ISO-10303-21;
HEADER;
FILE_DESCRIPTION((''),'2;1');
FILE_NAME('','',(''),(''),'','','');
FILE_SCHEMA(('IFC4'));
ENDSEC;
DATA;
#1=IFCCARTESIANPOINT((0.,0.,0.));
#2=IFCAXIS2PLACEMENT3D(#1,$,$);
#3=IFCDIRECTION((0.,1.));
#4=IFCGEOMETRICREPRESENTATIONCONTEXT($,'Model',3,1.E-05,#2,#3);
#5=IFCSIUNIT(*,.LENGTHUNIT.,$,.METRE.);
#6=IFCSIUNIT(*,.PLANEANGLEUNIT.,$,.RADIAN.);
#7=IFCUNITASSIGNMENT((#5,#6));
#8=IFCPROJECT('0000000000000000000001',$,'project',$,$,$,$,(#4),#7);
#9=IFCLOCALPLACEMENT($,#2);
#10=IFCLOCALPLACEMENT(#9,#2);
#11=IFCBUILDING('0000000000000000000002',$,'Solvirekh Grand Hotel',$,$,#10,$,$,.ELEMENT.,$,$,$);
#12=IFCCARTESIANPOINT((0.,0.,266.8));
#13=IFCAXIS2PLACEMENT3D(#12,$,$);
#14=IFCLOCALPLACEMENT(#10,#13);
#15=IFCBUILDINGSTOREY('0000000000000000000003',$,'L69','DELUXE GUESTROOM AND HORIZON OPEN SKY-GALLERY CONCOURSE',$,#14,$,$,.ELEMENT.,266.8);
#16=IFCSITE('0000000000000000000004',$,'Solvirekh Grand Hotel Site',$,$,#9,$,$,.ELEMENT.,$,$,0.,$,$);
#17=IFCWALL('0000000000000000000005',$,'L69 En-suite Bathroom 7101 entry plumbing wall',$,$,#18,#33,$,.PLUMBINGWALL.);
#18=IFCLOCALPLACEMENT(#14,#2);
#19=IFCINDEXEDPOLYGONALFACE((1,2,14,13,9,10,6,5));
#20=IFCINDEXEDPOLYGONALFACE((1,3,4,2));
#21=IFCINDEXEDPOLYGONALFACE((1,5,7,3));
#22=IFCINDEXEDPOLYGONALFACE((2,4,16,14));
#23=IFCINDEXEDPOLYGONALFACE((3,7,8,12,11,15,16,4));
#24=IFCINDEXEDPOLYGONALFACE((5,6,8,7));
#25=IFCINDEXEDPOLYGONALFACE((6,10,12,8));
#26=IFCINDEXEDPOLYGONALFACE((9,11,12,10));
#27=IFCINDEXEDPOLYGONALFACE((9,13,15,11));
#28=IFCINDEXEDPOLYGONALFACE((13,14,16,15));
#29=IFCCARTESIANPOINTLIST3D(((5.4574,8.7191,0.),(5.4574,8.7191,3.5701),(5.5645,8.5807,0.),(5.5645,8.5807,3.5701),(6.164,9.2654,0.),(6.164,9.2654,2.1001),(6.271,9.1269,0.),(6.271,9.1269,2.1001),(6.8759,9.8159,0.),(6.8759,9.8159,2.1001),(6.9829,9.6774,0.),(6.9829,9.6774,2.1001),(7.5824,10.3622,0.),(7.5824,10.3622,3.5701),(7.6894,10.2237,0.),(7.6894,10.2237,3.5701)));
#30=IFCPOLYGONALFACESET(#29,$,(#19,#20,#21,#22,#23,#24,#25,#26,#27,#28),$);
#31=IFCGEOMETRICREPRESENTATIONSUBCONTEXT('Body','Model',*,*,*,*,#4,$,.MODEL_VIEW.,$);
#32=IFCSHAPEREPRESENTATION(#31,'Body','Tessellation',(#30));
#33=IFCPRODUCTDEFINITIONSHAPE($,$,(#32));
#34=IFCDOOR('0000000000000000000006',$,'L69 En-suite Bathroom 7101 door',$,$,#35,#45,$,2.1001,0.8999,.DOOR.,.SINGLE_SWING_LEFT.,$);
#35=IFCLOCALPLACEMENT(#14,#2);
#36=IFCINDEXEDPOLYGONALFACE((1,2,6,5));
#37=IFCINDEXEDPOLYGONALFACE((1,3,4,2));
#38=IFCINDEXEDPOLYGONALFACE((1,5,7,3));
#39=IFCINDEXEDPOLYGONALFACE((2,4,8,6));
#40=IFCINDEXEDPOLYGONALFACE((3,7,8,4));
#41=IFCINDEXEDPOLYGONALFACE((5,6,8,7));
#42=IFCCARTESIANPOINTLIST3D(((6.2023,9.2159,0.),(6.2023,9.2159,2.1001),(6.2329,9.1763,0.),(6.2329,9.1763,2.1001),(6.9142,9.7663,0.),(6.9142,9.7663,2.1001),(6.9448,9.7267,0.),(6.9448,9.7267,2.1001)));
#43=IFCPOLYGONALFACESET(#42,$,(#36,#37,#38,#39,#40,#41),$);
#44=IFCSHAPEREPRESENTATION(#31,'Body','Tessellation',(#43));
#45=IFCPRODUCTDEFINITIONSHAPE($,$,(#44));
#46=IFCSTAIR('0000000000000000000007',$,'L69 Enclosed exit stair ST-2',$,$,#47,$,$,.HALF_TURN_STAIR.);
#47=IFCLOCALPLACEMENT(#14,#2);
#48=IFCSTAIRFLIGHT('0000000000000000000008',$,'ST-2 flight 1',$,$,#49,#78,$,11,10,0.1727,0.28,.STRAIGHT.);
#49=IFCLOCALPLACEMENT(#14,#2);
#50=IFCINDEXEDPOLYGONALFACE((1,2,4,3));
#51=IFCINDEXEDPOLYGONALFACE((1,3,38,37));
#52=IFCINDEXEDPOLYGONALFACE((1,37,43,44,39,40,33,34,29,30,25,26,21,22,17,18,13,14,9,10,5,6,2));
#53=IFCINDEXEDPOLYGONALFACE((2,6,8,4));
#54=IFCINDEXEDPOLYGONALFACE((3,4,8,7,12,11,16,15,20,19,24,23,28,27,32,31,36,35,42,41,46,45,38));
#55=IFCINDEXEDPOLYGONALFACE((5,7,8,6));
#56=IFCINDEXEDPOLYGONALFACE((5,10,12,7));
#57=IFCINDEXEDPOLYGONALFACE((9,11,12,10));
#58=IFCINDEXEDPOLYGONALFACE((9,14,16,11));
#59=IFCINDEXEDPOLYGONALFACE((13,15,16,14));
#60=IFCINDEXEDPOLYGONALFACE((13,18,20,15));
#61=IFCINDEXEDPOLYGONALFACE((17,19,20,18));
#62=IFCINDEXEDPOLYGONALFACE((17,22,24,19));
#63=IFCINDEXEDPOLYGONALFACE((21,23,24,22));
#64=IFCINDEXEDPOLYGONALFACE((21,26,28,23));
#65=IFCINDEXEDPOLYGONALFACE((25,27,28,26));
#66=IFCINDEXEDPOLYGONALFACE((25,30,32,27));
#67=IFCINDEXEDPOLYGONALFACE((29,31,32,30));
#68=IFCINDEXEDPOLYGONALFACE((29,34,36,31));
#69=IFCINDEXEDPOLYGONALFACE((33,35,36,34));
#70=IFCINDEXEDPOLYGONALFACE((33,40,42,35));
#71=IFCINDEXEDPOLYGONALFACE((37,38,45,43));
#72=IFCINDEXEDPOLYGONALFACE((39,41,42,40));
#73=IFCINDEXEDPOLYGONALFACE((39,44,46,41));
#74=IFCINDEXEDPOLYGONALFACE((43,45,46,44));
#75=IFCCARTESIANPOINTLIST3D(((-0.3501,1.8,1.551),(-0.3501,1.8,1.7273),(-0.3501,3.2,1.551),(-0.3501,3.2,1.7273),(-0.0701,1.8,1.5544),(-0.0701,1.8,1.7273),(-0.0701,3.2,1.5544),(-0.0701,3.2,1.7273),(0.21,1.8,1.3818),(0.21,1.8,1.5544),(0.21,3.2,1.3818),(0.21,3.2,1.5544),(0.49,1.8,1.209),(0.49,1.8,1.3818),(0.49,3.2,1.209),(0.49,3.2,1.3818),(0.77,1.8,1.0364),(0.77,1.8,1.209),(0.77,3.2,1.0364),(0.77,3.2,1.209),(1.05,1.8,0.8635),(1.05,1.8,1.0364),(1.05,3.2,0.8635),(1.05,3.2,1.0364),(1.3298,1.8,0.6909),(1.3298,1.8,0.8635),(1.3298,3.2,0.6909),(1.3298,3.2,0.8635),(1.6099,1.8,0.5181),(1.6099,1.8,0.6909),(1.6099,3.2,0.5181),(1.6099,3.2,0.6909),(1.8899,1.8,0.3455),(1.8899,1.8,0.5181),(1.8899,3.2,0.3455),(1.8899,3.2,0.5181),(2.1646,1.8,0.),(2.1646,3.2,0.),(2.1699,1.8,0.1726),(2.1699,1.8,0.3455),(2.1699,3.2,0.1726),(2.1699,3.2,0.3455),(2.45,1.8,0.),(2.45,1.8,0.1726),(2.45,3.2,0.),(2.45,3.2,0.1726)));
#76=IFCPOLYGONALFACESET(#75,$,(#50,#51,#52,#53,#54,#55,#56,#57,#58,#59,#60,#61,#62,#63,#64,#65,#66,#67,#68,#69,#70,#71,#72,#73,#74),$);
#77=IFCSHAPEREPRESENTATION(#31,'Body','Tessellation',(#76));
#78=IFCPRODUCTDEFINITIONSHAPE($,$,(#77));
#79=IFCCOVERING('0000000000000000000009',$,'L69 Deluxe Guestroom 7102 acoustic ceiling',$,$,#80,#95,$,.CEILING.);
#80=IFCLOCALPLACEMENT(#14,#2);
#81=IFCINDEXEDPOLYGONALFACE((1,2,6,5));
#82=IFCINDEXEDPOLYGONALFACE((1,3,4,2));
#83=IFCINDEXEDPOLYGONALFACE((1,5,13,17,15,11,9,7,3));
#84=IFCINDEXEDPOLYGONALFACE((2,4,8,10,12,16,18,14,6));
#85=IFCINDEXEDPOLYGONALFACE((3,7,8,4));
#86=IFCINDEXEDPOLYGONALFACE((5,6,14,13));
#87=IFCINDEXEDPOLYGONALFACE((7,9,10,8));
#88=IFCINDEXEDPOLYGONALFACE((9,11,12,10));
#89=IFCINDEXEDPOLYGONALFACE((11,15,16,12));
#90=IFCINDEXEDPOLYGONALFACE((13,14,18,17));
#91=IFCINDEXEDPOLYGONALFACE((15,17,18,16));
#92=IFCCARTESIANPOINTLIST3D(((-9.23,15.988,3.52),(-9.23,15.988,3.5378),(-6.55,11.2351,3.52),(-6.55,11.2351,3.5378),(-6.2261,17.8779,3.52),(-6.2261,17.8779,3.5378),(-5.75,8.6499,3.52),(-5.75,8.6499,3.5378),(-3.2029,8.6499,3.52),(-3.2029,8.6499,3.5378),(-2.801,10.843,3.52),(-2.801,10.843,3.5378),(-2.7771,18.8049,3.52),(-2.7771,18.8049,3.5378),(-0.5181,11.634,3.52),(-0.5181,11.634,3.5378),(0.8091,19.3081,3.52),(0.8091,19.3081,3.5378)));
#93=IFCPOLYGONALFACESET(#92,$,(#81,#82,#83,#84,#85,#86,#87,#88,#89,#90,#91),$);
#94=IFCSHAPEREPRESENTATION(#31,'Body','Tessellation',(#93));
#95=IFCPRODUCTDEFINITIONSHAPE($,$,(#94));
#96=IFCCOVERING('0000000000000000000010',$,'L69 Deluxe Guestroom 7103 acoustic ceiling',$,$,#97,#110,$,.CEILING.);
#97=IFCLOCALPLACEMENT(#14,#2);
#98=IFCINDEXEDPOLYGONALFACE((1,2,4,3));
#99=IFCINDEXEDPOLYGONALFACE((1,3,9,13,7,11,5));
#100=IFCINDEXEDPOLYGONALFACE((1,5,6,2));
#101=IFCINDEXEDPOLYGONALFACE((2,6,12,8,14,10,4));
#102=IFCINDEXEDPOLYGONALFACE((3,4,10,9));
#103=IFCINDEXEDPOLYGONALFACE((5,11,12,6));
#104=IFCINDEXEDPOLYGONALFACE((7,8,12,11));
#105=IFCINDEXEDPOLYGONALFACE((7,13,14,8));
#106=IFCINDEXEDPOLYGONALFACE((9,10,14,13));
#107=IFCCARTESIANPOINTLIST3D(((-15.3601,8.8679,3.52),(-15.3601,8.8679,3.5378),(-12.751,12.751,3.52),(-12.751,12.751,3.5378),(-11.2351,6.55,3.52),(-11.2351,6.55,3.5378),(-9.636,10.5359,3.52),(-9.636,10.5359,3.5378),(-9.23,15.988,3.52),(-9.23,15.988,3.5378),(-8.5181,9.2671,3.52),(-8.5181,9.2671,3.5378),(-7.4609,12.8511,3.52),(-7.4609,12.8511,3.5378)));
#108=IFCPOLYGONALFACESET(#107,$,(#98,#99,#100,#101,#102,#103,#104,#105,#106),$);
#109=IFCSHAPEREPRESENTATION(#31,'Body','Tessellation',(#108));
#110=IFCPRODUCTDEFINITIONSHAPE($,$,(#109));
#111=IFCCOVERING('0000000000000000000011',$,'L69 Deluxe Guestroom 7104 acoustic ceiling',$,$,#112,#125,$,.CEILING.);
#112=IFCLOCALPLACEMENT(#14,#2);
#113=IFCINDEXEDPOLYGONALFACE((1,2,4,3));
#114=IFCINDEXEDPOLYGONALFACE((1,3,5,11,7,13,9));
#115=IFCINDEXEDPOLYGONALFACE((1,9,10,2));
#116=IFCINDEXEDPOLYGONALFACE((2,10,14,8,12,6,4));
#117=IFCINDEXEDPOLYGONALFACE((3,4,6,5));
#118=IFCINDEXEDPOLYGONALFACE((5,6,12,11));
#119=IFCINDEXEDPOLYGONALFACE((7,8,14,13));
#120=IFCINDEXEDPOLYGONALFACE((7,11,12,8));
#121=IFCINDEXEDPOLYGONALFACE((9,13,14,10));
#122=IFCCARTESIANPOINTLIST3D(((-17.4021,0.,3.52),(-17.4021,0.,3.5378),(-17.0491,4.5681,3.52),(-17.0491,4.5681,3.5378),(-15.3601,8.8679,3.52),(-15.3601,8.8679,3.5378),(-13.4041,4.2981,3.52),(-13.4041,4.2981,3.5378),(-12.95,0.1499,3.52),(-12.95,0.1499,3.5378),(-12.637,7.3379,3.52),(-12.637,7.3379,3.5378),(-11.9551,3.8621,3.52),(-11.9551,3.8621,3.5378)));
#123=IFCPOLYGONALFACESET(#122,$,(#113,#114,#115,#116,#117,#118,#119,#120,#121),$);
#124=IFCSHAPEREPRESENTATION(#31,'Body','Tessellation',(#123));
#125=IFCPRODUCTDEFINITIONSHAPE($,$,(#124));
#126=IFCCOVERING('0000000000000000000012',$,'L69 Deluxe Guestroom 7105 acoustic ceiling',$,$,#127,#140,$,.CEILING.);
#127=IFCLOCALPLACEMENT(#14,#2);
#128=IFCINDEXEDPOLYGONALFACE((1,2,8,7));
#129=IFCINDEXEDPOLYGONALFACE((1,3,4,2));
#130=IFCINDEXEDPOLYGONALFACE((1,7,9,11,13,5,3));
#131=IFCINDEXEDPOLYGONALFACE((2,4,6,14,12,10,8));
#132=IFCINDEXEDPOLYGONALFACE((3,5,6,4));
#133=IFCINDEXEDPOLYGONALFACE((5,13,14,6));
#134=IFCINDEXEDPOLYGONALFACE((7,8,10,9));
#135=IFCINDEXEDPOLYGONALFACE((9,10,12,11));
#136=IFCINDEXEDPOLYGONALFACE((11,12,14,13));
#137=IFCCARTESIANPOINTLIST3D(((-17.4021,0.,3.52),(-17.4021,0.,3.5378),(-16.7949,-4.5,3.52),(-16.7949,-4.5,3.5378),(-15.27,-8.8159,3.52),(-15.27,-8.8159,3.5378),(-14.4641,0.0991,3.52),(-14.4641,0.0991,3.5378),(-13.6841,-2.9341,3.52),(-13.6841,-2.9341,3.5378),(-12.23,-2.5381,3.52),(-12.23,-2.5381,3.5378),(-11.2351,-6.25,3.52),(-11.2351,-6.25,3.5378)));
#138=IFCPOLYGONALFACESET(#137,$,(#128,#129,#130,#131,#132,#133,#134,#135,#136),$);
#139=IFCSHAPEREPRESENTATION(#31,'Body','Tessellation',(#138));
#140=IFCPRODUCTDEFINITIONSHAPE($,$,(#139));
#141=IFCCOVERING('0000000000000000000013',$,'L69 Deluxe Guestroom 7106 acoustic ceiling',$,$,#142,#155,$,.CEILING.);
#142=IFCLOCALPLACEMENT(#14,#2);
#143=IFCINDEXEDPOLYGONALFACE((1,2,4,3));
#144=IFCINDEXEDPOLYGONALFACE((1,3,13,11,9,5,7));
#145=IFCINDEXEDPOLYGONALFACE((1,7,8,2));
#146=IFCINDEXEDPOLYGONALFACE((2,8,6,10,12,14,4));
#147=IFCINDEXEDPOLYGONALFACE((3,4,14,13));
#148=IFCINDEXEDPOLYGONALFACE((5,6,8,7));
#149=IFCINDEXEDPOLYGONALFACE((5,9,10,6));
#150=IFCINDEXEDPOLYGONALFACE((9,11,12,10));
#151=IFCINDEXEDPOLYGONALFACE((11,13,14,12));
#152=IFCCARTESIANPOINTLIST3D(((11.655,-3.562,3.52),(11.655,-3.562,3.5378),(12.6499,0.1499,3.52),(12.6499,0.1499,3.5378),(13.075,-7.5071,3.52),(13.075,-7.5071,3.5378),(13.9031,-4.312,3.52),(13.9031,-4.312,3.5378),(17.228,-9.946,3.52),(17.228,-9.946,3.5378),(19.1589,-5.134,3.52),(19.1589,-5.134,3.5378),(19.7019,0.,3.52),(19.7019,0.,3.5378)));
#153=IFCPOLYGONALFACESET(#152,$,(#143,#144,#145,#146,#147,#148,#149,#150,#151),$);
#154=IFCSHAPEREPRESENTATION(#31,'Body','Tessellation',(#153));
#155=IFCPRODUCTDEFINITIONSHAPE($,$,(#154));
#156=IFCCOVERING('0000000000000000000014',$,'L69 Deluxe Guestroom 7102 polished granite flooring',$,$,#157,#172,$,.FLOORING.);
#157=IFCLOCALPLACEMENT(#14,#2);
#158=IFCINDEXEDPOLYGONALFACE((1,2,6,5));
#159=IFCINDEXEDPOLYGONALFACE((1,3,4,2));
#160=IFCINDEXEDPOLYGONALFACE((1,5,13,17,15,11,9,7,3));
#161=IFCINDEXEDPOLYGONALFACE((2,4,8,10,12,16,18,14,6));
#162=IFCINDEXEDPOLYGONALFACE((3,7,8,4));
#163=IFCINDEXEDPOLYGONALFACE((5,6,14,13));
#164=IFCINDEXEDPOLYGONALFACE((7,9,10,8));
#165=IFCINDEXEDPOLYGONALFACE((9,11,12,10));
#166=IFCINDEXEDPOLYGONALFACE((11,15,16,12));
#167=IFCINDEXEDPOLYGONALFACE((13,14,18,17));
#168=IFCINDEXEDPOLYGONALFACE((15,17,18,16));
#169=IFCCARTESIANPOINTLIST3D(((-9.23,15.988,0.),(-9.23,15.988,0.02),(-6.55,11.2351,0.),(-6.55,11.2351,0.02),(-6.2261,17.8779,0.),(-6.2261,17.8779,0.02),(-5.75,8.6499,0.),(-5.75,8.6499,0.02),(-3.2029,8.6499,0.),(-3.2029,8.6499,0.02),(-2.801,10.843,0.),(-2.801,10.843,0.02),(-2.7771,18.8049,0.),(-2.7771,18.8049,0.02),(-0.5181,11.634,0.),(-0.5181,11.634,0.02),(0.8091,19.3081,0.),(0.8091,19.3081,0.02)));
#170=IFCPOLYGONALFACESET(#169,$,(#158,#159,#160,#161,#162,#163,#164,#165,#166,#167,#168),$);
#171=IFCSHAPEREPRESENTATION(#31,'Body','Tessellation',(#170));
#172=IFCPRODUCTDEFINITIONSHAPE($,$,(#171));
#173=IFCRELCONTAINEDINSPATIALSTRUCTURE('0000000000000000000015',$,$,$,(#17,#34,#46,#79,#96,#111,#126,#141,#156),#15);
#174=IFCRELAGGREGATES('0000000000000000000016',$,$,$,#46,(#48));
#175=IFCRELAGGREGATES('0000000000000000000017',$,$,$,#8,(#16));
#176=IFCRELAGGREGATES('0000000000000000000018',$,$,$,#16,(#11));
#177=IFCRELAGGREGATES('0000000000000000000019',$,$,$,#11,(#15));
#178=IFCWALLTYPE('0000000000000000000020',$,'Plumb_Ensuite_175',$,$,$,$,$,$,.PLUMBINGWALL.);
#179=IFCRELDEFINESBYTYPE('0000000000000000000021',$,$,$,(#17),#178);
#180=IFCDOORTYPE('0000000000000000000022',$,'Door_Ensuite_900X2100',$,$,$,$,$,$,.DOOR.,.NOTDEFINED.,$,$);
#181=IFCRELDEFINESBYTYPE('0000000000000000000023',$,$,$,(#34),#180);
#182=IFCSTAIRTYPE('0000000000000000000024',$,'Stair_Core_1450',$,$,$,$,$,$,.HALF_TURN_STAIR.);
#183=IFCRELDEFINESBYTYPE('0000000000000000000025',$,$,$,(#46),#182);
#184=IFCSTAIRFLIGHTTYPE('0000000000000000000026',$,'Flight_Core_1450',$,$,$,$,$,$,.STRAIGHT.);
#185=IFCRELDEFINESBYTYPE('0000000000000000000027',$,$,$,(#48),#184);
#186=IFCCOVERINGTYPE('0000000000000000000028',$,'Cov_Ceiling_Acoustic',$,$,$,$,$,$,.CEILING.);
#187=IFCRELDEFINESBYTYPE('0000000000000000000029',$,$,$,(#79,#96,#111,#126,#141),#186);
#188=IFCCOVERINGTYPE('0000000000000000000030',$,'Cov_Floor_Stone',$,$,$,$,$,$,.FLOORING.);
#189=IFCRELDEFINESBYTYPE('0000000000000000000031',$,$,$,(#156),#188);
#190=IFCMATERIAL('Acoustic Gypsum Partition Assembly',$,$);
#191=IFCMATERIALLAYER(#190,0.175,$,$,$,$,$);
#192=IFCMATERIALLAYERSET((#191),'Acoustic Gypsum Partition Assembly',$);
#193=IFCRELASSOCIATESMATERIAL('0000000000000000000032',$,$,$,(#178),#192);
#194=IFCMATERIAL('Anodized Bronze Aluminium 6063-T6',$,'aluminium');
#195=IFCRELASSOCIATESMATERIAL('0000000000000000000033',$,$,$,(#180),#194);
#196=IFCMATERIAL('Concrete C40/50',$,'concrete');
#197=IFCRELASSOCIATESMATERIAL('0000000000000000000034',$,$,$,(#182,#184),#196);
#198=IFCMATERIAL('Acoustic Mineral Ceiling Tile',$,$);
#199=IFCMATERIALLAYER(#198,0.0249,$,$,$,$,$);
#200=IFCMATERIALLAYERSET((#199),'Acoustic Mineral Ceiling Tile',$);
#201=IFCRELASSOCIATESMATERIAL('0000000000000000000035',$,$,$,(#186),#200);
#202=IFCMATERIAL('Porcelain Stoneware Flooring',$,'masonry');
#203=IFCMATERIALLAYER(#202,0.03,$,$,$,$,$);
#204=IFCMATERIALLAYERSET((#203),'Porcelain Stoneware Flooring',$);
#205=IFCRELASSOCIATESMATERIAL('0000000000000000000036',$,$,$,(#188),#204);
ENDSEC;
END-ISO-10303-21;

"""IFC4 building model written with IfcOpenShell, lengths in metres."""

from ifc_helpers import new_model, si_unit, direction, frame, frame_2d, origin, place, context, subcontext, project, spatial, polyline, rectangle, outline, extrude, material, layer, layer_set, type_object, element, fill, aggregate, save


model = new_model("IFC4")

# Units and contexts
model_context = context("Model", 3, precision=1e-05, world=origin(), true_north=direction((0.0, 1.0)))
body_context = subcontext(model_context, "Body", "Model", "MODEL_VIEW")
ifc_project = project(units=[si_unit("LENGTHUNIT", "METRE"), si_unit("PLANEANGLEUNIT", "RADIAN")], contexts=[model_context])

# Site, building, storey
site_placement = place(None, origin())
site = spatial("IfcSite", under=ifc_project, at=site_placement, Name="Solvirekh Grand Hotel Site", CompositionType="ELEMENT", RefElevation=0.0)
building_placement = place(site_placement, origin())
building = spatial("IfcBuilding", under=site, at=building_placement, Name="Solvirekh Grand Hotel", CompositionType="ELEMENT")
storey_placement = place(building_placement, frame((0.0, 0.0, 266.8)))
storey = spatial("IfcBuildingStorey", under=building, at=storey_placement, Name="L69", Description="DELUXE GUESTROOM AND HORIZON OPEN SKY-GALLERY CONCOURSE", CompositionType="ELEMENT", Elevation=266.8)

# Shared definitions
ifc_material_1 = material(Name="Concrete C40/50", Category="concrete")

# Shared definitions
ifc_material_2 = material(Name="Acoustic Gypsum Partition Assembly")
ifc_layer_1 = layer(ifc_material_2, 0.175)
ifc_layer_set_1 = layer_set([ifc_layer_1], Name="Acoustic Gypsum Partition Assembly")
wall_type_1 = type_object("IfcWallType", Name="Plumb_Ensuite_175", PredefinedType="PLUMBINGWALL", material=ifc_layer_set_1)

# Wall, opening, door
ifc_material_3 = material(Name="Anodized Bronze Aluminium 6063-T6", Category="aluminium")
wall_1_placement = place(storey_placement, frame((5.511, 8.6499, 0.0), z_axis=(0.0, 0.0, 1.0), x_axis=(0.791101, 0.611685, 0.0)))
wall_1 = element("IfcWall", 1, at=wall_1_placement, inside=storey, type_object=wall_type_1, Name="L69 En-suite Bathroom 7101 entry plumbing wall", PredefinedType="PLUMBINGWALL", context=body_context, shape_type="SweptSolid", body=[
    extrude(rectangle(XDim=2.686, YDim=0.175, at=frame_2d((1.343, 0.0))), origin(), (0.0, 0.0, 1.0), 3.5701),
])
opening_1_placement = place(wall_1_placement, frame((0.8931, 0.0, 0.0)))
opening_1 = element("IfcOpeningElement", 2, at=opening_1_placement, cuts=wall_1, PredefinedType="OPENING", context=body_context, shape_type="SweptSolid", body=[
    extrude(rectangle(XDim=0.8999, YDim=2.1001, at=frame_2d((0.45, 1.05))), frame((0.0, 0.0977, 0.0), z_axis=(0.0, -1.0, 0.0), x_axis=(1.0, 0.0, 0.0)), (0.0, 0.0, 1.0), 0.1951),
])
door_type_1 = type_object("IfcDoorType", Name="Door_Ensuite_900X2100", OperationType="NOTDEFINED", PredefinedType="DOOR", material=ifc_material_3)
door_1_placement = place(opening_1_placement, origin())
door_1 = element("IfcDoor", 3, at=door_1_placement, inside=storey, type_object=door_type_1, Name="L69 En-suite Bathroom 7101 door", OperationType="SINGLE_SWING_LEFT", OverallHeight=2.1001, OverallWidth=0.8999, PredefinedType="DOOR", context=body_context, shape_type="SweptSolid", body=[
    extrude(rectangle(XDim=0.8999, YDim=2.1001, at=frame_2d((0.45, 1.05))), frame((0.0, 0.0249, 0.0), z_axis=(0.0, -1.0, 0.0), x_axis=(1.0, 0.0, 0.0)), (0.0, 0.0, 1.0), 0.05),
])
fill(opening_1, door_1)

# Stair, stair flight
stair_type = type_object("IfcStairType", Name="Stair_Core_1450", PredefinedType="HALF_TURN_STAIR", material=ifc_material_1)
stair_placement = place(storey_placement, origin())
stair = element("IfcStair", 4, at=stair_placement, inside=storey, type_object=stair_type, Name="L69 Enclosed exit stair ST-2", PredefinedType="HALF_TURN_STAIR")
stair_flight_type = type_object("IfcStairFlightType", Name="Flight_Core_1450", PredefinedType="STRAIGHT", material=ifc_material_1)
stair_flight_placement = place(storey_placement, frame((2.45, 2.5, 0.0), z_axis=(0.0, 0.0, 1.0), x_axis=(-1.0, 0.0, 0.0)))
stair_flight = element("IfcStairFlight", 5, at=stair_flight_placement, type_object=stair_flight_type, Name="ST-2 flight 1", NumberOfRisers=11, NumberOfTreads=10, PredefinedType="STRAIGHT", RiserHeight=0.1727, TreadLength=0.28, context=body_context, shape_type="SweptSolid", body=[
    extrude(outline(polyline([(0.0, 0.0), (0.0, 0.1726), (0.28, 0.1726), (0.28, 0.3455), (0.5601, 0.3455), (0.5601, 0.5181), (0.8401, 0.5181), (0.8401, 0.6909), (1.1201, 0.6909), (1.1201, 0.8635), (1.3999, 0.8635), (1.3999, 1.0364), (1.6799, 1.0364), (1.6799, 1.209), (1.96, 1.209), (1.96, 1.3818), (2.24, 1.3818), (2.24, 1.5544), (2.52, 1.5544), (2.52, 1.7273), (2.8, 1.7273), (2.8, 1.8999), (2.8, 1.551), (0.2854, 0.0), (0.0, 0.0)])), frame((0.0, 0.7, 0.0), z_axis=(0.0, -1.0, 0.0), x_axis=(1.0, 0.0, 0.0)), (0.0, 0.0, 1.0), 1.3999),
])
aggregate(stair, [stair_flight])

# Coverings
ifc_material_4 = material(Name="Acoustic Mineral Ceiling Tile")
ifc_layer_2 = layer(ifc_material_4, 0.0249)
ifc_layer_set_2 = layer_set([ifc_layer_2], Name="Acoustic Mineral Ceiling Tile")
covering_type_1 = type_object("IfcCoveringType", Name="Cov_Ceiling_Acoustic", PredefinedType="CEILING", material=ifc_layer_set_2)
covering_1_placement = place(storey_placement, frame((0.0, 0.0, 3.52)))
element("IfcCovering", 6, at=covering_1_placement, inside=storey, type_object=covering_type_1, Name="L69 Deluxe Guestroom 7102 acoustic ceiling", PredefinedType="CEILING", context=body_context, shape_type="SweptSolid", body=[
    extrude(outline(polyline([(-3.2029, 8.6499), (-2.801, 10.843), (-0.5181, 11.634), (0.8091, 19.3081), (-2.7771, 18.8049), (-6.2261, 17.8779), (-9.23, 15.988), (-6.55, 11.2351), (-5.75, 8.6499), (-3.2029, 8.6499)])), origin(), (0.0, 0.0, 1.0), 0.0178),
])
covering_2_placement = place(storey_placement, frame((0.0, 0.0, 3.52)))
element("IfcCovering", 7, at=covering_2_placement, inside=storey, type_object=covering_type_1, Name="L69 Deluxe Guestroom 7103 acoustic ceiling", PredefinedType="CEILING", context=body_context, shape_type="SweptSolid", body=[
    extrude(outline(polyline([(-9.636, 10.5359), (-7.4609, 12.8511), (-9.23, 15.988), (-12.751, 12.751), (-15.3601, 8.8679), (-11.2351, 6.55), (-8.5181, 9.2671), (-9.636, 10.5359)])), origin(), (0.0, 0.0, 1.0), 0.0178),
])
covering_3_placement = place(storey_placement, frame((0.0, 0.0, 3.52)))
element("IfcCovering", 8, at=covering_3_placement, inside=storey, type_object=covering_type_1, Name="L69 Deluxe Guestroom 7104 acoustic ceiling", PredefinedType="CEILING", context=body_context, shape_type="SweptSolid", body=[
    extrude(outline(polyline([(-13.4041, 4.2981), (-12.637, 7.3379), (-15.3601, 8.8679), (-17.0491, 4.5681), (-17.4021, 0.0), (-12.95, 0.1499), (-11.9551, 3.8621), (-13.4041, 4.2981)])), origin(), (0.0, 0.0, 1.0), 0.0178),
])
covering_4_placement = place(storey_placement, frame((0.0, 0.0, 3.52)))
element("IfcCovering", 9, at=covering_4_placement, inside=storey, type_object=covering_type_1, Name="L69 Deluxe Guestroom 7105 acoustic ceiling", PredefinedType="CEILING", context=body_context, shape_type="SweptSolid", body=[
    extrude(outline(polyline([(-13.6841, -2.9341), (-14.4641, 0.0991), (-17.4021, 0.0), (-16.7949, -4.5), (-15.27, -8.8159), (-11.2351, -6.25), (-12.23, -2.5381), (-13.6841, -2.9341)])), origin(), (0.0, 0.0, 1.0), 0.0178),
])
covering_5_placement = place(storey_placement, frame((0.0, 0.0, 3.52)))
element("IfcCovering", 10, at=covering_5_placement, inside=storey, type_object=covering_type_1, Name="L69 Deluxe Guestroom 7106 acoustic ceiling", PredefinedType="CEILING", context=body_context, shape_type="SweptSolid", body=[
    extrude(outline(polyline([(13.9031, -4.312), (13.075, -7.5071), (17.228, -9.946), (19.1589, -5.134), (19.7019, 0.0), (12.6499, 0.1499), (11.655, -3.562), (13.9031, -4.312)])), origin(), (0.0, 0.0, 1.0), 0.0178),
])
ifc_material_5 = material(Name="Porcelain Stoneware Flooring", Category="masonry")
ifc_layer_3 = layer(ifc_material_5, 0.03)
ifc_layer_set_3 = layer_set([ifc_layer_3], Name="Porcelain Stoneware Flooring")
covering_type_2 = type_object("IfcCoveringType", Name="Cov_Floor_Stone", PredefinedType="FLOORING", material=ifc_layer_set_3)
covering_6_placement = place(storey_placement, origin())
element("IfcCovering", 11, at=covering_6_placement, inside=storey, type_object=covering_type_2, Name="L69 Deluxe Guestroom 7102 polished granite flooring", PredefinedType="FLOORING", context=body_context, shape_type="SweptSolid", body=[
    extrude(outline(polyline([(-3.2029, 8.6499), (-2.801, 10.843), (-0.5181, 11.634), (0.8091, 19.3081), (-2.7771, 18.8049), (-6.2261, 17.8779), (-9.23, 15.988), (-6.55, 11.2351), (-5.75, 8.6499), (-3.2029, 8.6499)])), origin(), (0.0, 0.0, 1.0), 0.02),
])

save(model, "model.ifc")
